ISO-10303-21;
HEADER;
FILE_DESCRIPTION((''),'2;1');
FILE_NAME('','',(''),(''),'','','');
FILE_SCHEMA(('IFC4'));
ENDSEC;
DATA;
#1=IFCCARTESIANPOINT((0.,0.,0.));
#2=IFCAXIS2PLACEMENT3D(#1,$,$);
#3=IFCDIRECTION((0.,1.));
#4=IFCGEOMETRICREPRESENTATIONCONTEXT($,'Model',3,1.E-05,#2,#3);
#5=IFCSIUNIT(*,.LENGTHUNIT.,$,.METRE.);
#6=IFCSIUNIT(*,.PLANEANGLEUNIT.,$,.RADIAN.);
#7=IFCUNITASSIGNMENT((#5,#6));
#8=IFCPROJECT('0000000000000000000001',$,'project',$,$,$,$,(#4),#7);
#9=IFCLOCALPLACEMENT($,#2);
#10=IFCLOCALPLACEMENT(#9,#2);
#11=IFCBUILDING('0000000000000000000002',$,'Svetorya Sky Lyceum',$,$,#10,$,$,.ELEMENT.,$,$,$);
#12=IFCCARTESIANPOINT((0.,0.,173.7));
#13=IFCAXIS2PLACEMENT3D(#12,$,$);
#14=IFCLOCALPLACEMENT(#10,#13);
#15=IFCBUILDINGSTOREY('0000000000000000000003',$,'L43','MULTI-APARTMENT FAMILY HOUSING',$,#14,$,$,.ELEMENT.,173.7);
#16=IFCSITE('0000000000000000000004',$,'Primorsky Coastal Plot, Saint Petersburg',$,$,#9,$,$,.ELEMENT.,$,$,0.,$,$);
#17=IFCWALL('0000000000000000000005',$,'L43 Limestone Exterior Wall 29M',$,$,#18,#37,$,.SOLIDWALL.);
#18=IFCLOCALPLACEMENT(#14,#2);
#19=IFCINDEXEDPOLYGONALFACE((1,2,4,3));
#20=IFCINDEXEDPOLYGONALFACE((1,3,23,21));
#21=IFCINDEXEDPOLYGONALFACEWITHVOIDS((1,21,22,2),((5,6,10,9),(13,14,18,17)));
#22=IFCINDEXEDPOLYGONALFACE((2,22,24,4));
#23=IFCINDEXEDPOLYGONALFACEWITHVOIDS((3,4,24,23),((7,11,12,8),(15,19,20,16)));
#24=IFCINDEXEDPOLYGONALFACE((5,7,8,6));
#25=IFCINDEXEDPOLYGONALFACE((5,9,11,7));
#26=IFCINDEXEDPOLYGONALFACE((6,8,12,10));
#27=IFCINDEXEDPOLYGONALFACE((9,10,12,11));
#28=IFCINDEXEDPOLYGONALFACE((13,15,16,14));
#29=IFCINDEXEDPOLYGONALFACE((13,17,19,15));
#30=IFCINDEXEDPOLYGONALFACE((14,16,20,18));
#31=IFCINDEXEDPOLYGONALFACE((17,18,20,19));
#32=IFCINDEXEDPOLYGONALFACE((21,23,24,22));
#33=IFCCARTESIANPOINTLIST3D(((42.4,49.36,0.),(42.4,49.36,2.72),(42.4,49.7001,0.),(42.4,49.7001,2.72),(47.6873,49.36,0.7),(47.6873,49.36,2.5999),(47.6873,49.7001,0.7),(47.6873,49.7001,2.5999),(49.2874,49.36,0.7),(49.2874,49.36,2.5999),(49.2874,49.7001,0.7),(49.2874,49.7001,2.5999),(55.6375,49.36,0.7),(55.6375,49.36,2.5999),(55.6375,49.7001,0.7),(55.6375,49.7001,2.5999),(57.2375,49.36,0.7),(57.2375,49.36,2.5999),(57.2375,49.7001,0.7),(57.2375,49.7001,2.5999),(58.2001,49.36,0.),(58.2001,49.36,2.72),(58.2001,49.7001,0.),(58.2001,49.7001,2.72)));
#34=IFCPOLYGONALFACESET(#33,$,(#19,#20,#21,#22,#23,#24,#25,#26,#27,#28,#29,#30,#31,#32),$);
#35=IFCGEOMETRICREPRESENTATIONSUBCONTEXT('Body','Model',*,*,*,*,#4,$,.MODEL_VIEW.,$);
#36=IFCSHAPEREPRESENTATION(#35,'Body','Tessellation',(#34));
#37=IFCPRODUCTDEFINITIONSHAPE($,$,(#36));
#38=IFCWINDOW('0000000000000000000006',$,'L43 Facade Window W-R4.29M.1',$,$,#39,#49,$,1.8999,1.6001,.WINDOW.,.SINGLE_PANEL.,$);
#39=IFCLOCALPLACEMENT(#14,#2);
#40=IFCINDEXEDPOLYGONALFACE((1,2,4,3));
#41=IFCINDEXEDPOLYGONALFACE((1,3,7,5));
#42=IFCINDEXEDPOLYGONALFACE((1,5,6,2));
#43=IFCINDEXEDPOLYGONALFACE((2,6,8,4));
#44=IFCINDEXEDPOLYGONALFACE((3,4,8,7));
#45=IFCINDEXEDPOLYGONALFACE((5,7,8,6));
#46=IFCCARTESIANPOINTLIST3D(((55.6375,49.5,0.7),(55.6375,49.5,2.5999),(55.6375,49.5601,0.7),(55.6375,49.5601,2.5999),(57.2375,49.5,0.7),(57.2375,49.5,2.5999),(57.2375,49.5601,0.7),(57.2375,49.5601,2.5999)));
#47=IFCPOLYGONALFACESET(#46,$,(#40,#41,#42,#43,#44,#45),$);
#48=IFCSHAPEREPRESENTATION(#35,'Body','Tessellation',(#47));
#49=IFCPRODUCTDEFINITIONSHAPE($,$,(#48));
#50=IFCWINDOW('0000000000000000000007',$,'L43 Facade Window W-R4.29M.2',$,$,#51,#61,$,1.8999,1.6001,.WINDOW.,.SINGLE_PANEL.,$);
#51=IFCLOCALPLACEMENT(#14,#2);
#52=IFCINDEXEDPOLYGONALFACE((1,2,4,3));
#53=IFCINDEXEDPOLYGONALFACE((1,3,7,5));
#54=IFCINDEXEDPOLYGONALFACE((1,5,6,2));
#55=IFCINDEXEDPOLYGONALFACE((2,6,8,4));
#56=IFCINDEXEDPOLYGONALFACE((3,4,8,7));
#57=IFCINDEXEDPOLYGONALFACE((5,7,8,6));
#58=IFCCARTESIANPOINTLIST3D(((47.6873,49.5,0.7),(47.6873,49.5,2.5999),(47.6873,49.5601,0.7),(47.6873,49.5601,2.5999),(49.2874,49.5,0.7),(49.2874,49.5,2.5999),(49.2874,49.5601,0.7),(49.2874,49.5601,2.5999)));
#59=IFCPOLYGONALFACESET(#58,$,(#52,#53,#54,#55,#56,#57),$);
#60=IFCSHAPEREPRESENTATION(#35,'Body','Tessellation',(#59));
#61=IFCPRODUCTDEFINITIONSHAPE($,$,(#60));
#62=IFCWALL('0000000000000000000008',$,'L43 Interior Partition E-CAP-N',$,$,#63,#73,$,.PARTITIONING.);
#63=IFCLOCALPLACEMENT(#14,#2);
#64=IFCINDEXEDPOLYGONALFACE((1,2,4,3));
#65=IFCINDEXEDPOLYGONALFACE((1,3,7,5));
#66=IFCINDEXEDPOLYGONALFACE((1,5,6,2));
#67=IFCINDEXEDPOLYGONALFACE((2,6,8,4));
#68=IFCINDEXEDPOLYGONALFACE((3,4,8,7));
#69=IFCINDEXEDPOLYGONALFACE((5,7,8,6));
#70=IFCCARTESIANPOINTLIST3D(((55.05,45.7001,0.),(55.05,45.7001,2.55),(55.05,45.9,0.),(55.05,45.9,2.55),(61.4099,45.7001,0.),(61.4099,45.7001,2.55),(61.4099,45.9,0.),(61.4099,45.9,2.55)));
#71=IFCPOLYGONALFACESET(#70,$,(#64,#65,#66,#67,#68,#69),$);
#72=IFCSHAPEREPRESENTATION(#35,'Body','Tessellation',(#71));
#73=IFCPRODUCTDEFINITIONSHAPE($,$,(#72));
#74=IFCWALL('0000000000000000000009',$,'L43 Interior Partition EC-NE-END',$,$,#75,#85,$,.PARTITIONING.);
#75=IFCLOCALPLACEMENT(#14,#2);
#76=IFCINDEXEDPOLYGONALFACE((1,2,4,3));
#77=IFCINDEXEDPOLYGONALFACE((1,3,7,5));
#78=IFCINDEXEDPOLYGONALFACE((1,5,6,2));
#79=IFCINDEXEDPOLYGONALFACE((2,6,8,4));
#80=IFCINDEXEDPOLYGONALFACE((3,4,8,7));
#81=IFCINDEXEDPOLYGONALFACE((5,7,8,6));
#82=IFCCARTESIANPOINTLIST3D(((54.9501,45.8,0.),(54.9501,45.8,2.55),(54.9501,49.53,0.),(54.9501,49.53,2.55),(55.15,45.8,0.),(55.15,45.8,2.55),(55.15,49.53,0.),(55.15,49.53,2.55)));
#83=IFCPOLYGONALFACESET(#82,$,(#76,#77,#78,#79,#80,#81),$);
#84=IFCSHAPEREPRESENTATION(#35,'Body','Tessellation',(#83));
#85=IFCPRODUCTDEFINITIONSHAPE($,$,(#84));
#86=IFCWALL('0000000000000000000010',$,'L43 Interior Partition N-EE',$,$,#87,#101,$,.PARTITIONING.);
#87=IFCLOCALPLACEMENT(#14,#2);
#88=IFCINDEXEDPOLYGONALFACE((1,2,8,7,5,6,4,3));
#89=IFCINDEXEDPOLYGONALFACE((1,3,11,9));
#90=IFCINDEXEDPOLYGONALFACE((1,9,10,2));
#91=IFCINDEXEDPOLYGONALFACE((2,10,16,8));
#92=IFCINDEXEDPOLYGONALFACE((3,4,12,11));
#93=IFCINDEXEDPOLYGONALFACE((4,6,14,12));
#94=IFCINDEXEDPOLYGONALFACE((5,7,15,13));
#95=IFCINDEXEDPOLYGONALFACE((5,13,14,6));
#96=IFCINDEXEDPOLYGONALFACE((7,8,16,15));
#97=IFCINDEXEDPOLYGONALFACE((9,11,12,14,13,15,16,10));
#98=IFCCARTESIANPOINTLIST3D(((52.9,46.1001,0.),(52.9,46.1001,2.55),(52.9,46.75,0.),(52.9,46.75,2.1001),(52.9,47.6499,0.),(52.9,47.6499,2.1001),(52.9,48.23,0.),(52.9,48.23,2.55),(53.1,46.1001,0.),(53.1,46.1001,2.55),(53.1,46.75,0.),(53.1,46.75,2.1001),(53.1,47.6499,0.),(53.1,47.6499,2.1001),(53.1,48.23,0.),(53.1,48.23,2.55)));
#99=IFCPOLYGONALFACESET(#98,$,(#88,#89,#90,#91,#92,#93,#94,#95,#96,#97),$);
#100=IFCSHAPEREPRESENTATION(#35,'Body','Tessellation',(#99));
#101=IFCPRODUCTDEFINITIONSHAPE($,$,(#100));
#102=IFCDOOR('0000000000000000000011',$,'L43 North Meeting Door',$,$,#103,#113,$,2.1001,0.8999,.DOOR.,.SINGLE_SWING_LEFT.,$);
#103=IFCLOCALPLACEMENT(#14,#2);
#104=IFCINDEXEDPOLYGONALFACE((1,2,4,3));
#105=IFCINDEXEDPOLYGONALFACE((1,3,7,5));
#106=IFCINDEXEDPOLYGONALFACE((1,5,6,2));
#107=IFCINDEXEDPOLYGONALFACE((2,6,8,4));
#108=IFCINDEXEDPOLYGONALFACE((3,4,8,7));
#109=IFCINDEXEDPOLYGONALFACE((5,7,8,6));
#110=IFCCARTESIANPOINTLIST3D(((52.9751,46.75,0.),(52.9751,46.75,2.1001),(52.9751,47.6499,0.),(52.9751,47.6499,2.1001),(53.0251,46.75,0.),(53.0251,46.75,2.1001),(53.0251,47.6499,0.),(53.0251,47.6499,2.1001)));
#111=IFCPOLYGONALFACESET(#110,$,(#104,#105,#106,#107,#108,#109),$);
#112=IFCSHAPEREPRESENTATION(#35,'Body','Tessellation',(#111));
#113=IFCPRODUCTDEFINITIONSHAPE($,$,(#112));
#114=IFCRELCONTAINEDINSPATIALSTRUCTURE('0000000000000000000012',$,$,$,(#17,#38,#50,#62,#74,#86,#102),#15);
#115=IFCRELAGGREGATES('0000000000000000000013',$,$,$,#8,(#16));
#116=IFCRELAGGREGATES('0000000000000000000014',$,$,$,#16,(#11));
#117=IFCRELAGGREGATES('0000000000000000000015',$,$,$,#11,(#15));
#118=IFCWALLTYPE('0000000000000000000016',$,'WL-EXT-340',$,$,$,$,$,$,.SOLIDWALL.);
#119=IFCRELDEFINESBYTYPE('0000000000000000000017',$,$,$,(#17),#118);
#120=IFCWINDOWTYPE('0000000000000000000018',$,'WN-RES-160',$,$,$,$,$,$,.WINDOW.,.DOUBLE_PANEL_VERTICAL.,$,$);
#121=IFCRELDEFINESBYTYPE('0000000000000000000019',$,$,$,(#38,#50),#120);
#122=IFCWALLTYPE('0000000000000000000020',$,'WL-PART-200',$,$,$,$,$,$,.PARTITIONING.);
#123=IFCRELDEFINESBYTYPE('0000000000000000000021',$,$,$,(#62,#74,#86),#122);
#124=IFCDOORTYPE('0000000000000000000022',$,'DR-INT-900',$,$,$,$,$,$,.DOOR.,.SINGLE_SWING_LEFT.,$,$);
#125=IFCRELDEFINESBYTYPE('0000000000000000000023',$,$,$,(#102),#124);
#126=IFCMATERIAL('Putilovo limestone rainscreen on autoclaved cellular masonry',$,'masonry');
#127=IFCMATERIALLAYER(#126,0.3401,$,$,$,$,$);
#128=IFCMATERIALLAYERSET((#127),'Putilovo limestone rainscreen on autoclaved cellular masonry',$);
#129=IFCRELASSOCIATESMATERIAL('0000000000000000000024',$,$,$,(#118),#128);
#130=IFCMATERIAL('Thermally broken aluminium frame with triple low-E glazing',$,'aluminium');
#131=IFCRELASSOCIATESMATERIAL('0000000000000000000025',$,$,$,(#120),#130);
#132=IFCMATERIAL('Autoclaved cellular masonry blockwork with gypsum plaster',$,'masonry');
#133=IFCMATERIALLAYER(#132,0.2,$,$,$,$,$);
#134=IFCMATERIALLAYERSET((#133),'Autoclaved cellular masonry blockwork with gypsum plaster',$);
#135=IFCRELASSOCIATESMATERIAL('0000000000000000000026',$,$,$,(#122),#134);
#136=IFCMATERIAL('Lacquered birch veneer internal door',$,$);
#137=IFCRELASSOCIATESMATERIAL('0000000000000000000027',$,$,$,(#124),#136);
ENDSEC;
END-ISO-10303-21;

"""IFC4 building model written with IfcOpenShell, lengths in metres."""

from ifc_helpers import new_model, si_unit, direction, frame, frame_2d, origin, place, context, subcontext, project, spatial, rectangle, extrude, material, layer, layer_set, type_object, element, fill, save


model = new_model("IFC4")

# Units and contexts
model_context = context("Model", 3, precision=1e-05, world=origin(), true_north=direction((0.0, 1.0)))
body_context = subcontext(model_context, "Body", "Model", "MODEL_VIEW")
ifc_project = project(units=[si_unit("LENGTHUNIT", "METRE"), si_unit("PLANEANGLEUNIT", "RADIAN")], contexts=[model_context])

# Site, building, storey
site_placement = place(None, origin())
site = spatial("IfcSite", under=ifc_project, at=site_placement, Name="Primorsky Coastal Plot, Saint Petersburg", CompositionType="ELEMENT", RefElevation=0.0)
building_placement = place(site_placement, origin())
building = spatial("IfcBuilding", under=site, at=building_placement, Name="Svetorya Sky Lyceum", CompositionType="ELEMENT")
storey_placement = place(building_placement, frame((0.0, 0.0, 173.7)))
storey = spatial("IfcBuildingStorey", under=building, at=storey_placement, Name="L43", Description="MULTI-APARTMENT FAMILY HOUSING", CompositionType="ELEMENT", Elevation=173.7)

# Shared definitions
ifc_material_1 = material(Name="Putilovo limestone rainscreen on autoclaved cellular masonry", Category="masonry")
ifc_layer_1 = layer(ifc_material_1, 0.3401)
ifc_layer_set_1 = layer_set([ifc_layer_1], Name="Putilovo limestone rainscreen on autoclaved cellular masonry")
wall_type_1 = type_object("IfcWallType", Name="WL-EXT-340", PredefinedType="SOLIDWALL", material=ifc_layer_set_1)

# Wall, openings, windows
wall_1_placement = place(storey_placement, frame((58.2, 49.53, 0.0), z_axis=(0.0, 0.0, 1.0), x_axis=(-1.0, 0.0, 0.0)))
wall_1 = element("IfcWall", 1, at=wall_1_placement, inside=storey, type_object=wall_type_1, Name="L43 Limestone Exterior Wall 29M", PredefinedType="SOLIDWALL", context=body_context, shape_type="SweptSolid", body=[
    extrude(rectangle(XDim=15.8, YDim=0.3401, at=frame_2d((7.8999, 0.0))), origin(), (0.0, 0.0, 1.0), 2.72),
])
opening_1_placement = place(wall_1_placement, frame((0.9624, 0.0, 0.7)))
opening_1 = element("IfcOpeningElement", 2, at=opening_1_placement, cuts=wall_1, PredefinedType="OPENING", context=body_context, shape_type="SweptSolid", body=[
    extrude(rectangle(XDim=1.6001, YDim=1.8999, at=frame_2d((0.8, 0.95))), frame((0.0, 0.1799, 0.0), z_axis=(0.0, -1.0, 0.0), x_axis=(1.0, 0.0, 0.0)), (0.0, 0.0, 1.0), 0.3601),
])
opening_2_placement = place(wall_1_placement, frame((8.9126, 0.0, 0.7)))
opening_2 = element("IfcOpeningElement", 3, at=opening_2_placement, cuts=wall_1, PredefinedType="OPENING", context=body_context, shape_type="SweptSolid", body=[
    extrude(rectangle(XDim=1.6001, YDim=1.8999, at=frame_2d((0.8, 0.95))), frame((0.0, 0.1799, 0.0), z_axis=(0.0, -1.0, 0.0), x_axis=(1.0, 0.0, 0.0)), (0.0, 0.0, 1.0), 0.3601),
])
ifc_material_2 = material(Name="Thermally broken aluminium frame with triple low-E glazing", Category="aluminium")
window_type = type_object("IfcWindowType", Name="WN-RES-160", PartitioningType="DOUBLE_PANEL_VERTICAL", PredefinedType="WINDOW", material=ifc_material_2)
window_1_placement = place(opening_1_placement, origin())
window_1 = element("IfcWindow", 4, at=window_1_placement, inside=storey, type_object=window_type, Name="L43 Facade Window W-R4.29M.1", OverallHeight=1.8999, OverallWidth=1.6001, PartitioningType="SINGLE_PANEL", PredefinedType="WINDOW", context=body_context, shape_type="SweptSolid", body=[
    extrude(rectangle(XDim=1.6001, YDim=1.8999, at=frame_2d((0.8, 0.95))), frame((0.0, 0.03, 0.0), z_axis=(0.0, -1.0, 0.0), x_axis=(1.0, 0.0, 0.0)), (0.0, 0.0, 1.0), 0.0601),
])
fill(opening_1, window_1)
window_2_placement = place(opening_2_placement, origin())
window_2 = element("IfcWindow", 5, at=window_2_placement, inside=storey, type_object=window_type, Name="L43 Facade Window W-R4.29M.2", OverallHeight=1.8999, OverallWidth=1.6001, PartitioningType="SINGLE_PANEL", PredefinedType="WINDOW", context=body_context, shape_type="SweptSolid", body=[
    extrude(rectangle(XDim=1.6001, YDim=1.8999, at=frame_2d((0.8, 0.95))), frame((0.0, 0.03, 0.0), z_axis=(0.0, -1.0, 0.0), x_axis=(1.0, 0.0, 0.0)), (0.0, 0.0, 1.0), 0.0601),
])
fill(opening_2, window_2)

# Walls
ifc_material_3 = material(Name="Autoclaved cellular masonry blockwork with gypsum plaster", Category="masonry")
ifc_layer_2 = layer(ifc_material_3, 0.2)
ifc_layer_set_2 = layer_set([ifc_layer_2], Name="Autoclaved cellular masonry blockwork with gypsum plaster")
wall_type_2 = type_object("IfcWallType", Name="WL-PART-200", PredefinedType="PARTITIONING", material=ifc_layer_set_2)
wall_2_placement = place(storey_placement, frame((55.05, 45.8, 0.0), z_axis=(0.0, 0.0, 1.0), x_axis=(1.0, 0.0, 0.0)))
element("IfcWall", 6, at=wall_2_placement, inside=storey, type_object=wall_type_2, Name="L43 Interior Partition E-CAP-N", PredefinedType="PARTITIONING", context=body_context, shape_type="SweptSolid", body=[
    extrude(rectangle(XDim=6.3599, YDim=0.2, at=frame_2d((3.1799, 0.0))), origin(), (0.0, 0.0, 1.0), 2.55),
])
wall_3_placement = place(storey_placement, frame((55.05, 45.8, 0.0), z_axis=(0.0, 0.0, 1.0), x_axis=(0.0, 1.0, 0.0)))
element("IfcWall", 7, at=wall_3_placement, inside=storey, type_object=wall_type_2, Name="L43 Interior Partition EC-NE-END", PredefinedType="PARTITIONING", context=body_context, shape_type="SweptSolid", body=[
    extrude(rectangle(XDim=3.73, YDim=0.2, at=frame_2d((1.865, 0.0))), origin(), (0.0, 0.0, 1.0), 2.55),
])

# Wall, opening, door
wall_4_placement = place(storey_placement, frame((53.0, 46.1001, 0.0), z_axis=(0.0, 0.0, 1.0), x_axis=(0.0, 1.0, 0.0)))
wall_4 = element("IfcWall", 8, at=wall_4_placement, inside=storey, type_object=wall_type_2, Name="L43 Interior Partition N-EE", PredefinedType="PARTITIONING", context=body_context, shape_type="SweptSolid", body=[
    extrude(rectangle(XDim=2.1299, YDim=0.2, at=frame_2d((1.0649, 0.0))), origin(), (0.0, 0.0, 1.0), 2.55),
])
opening_3_placement = place(wall_4_placement, frame((0.6499, 0.0, 0.0)))
opening_3 = element("IfcOpeningElement", 9, at=opening_3_placement, cuts=wall_4, PredefinedType="OPENING", context=body_context, shape_type="SweptSolid", body=[
    extrude(rectangle(XDim=0.8999, YDim=2.1001, at=frame_2d((0.45, 1.05))), frame((0.0, 0.1099, 0.0), z_axis=(0.0, -1.0, 0.0), x_axis=(1.0, 0.0, 0.0)), (0.0, 0.0, 1.0), 0.22),
])
ifc_material_4 = material(Name="Lacquered birch veneer internal door")
door_type = type_object("IfcDoorType", Name="DR-INT-900", OperationType="SINGLE_SWING_LEFT", PredefinedType="DOOR", material=ifc_material_4)
door_placement = place(opening_3_placement, origin())
door = element("IfcDoor", 10, at=door_placement, inside=storey, type_object=door_type, Name="L43 North Meeting Door", OperationType="SINGLE_SWING_LEFT", OverallHeight=2.1001, OverallWidth=0.8999, PredefinedType="DOOR", context=body_context, shape_type="SweptSolid", body=[
    extrude(rectangle(XDim=0.8999, YDim=2.1001, at=frame_2d((0.45, 1.05))), frame((0.0, 0.0249, 0.0), z_axis=(0.0, -1.0, 0.0), x_axis=(1.0, 0.0, 0.0)), (0.0, 0.0, 1.0), 0.05),
])
fill(opening_3, door)

save(model, "model.ifc")
